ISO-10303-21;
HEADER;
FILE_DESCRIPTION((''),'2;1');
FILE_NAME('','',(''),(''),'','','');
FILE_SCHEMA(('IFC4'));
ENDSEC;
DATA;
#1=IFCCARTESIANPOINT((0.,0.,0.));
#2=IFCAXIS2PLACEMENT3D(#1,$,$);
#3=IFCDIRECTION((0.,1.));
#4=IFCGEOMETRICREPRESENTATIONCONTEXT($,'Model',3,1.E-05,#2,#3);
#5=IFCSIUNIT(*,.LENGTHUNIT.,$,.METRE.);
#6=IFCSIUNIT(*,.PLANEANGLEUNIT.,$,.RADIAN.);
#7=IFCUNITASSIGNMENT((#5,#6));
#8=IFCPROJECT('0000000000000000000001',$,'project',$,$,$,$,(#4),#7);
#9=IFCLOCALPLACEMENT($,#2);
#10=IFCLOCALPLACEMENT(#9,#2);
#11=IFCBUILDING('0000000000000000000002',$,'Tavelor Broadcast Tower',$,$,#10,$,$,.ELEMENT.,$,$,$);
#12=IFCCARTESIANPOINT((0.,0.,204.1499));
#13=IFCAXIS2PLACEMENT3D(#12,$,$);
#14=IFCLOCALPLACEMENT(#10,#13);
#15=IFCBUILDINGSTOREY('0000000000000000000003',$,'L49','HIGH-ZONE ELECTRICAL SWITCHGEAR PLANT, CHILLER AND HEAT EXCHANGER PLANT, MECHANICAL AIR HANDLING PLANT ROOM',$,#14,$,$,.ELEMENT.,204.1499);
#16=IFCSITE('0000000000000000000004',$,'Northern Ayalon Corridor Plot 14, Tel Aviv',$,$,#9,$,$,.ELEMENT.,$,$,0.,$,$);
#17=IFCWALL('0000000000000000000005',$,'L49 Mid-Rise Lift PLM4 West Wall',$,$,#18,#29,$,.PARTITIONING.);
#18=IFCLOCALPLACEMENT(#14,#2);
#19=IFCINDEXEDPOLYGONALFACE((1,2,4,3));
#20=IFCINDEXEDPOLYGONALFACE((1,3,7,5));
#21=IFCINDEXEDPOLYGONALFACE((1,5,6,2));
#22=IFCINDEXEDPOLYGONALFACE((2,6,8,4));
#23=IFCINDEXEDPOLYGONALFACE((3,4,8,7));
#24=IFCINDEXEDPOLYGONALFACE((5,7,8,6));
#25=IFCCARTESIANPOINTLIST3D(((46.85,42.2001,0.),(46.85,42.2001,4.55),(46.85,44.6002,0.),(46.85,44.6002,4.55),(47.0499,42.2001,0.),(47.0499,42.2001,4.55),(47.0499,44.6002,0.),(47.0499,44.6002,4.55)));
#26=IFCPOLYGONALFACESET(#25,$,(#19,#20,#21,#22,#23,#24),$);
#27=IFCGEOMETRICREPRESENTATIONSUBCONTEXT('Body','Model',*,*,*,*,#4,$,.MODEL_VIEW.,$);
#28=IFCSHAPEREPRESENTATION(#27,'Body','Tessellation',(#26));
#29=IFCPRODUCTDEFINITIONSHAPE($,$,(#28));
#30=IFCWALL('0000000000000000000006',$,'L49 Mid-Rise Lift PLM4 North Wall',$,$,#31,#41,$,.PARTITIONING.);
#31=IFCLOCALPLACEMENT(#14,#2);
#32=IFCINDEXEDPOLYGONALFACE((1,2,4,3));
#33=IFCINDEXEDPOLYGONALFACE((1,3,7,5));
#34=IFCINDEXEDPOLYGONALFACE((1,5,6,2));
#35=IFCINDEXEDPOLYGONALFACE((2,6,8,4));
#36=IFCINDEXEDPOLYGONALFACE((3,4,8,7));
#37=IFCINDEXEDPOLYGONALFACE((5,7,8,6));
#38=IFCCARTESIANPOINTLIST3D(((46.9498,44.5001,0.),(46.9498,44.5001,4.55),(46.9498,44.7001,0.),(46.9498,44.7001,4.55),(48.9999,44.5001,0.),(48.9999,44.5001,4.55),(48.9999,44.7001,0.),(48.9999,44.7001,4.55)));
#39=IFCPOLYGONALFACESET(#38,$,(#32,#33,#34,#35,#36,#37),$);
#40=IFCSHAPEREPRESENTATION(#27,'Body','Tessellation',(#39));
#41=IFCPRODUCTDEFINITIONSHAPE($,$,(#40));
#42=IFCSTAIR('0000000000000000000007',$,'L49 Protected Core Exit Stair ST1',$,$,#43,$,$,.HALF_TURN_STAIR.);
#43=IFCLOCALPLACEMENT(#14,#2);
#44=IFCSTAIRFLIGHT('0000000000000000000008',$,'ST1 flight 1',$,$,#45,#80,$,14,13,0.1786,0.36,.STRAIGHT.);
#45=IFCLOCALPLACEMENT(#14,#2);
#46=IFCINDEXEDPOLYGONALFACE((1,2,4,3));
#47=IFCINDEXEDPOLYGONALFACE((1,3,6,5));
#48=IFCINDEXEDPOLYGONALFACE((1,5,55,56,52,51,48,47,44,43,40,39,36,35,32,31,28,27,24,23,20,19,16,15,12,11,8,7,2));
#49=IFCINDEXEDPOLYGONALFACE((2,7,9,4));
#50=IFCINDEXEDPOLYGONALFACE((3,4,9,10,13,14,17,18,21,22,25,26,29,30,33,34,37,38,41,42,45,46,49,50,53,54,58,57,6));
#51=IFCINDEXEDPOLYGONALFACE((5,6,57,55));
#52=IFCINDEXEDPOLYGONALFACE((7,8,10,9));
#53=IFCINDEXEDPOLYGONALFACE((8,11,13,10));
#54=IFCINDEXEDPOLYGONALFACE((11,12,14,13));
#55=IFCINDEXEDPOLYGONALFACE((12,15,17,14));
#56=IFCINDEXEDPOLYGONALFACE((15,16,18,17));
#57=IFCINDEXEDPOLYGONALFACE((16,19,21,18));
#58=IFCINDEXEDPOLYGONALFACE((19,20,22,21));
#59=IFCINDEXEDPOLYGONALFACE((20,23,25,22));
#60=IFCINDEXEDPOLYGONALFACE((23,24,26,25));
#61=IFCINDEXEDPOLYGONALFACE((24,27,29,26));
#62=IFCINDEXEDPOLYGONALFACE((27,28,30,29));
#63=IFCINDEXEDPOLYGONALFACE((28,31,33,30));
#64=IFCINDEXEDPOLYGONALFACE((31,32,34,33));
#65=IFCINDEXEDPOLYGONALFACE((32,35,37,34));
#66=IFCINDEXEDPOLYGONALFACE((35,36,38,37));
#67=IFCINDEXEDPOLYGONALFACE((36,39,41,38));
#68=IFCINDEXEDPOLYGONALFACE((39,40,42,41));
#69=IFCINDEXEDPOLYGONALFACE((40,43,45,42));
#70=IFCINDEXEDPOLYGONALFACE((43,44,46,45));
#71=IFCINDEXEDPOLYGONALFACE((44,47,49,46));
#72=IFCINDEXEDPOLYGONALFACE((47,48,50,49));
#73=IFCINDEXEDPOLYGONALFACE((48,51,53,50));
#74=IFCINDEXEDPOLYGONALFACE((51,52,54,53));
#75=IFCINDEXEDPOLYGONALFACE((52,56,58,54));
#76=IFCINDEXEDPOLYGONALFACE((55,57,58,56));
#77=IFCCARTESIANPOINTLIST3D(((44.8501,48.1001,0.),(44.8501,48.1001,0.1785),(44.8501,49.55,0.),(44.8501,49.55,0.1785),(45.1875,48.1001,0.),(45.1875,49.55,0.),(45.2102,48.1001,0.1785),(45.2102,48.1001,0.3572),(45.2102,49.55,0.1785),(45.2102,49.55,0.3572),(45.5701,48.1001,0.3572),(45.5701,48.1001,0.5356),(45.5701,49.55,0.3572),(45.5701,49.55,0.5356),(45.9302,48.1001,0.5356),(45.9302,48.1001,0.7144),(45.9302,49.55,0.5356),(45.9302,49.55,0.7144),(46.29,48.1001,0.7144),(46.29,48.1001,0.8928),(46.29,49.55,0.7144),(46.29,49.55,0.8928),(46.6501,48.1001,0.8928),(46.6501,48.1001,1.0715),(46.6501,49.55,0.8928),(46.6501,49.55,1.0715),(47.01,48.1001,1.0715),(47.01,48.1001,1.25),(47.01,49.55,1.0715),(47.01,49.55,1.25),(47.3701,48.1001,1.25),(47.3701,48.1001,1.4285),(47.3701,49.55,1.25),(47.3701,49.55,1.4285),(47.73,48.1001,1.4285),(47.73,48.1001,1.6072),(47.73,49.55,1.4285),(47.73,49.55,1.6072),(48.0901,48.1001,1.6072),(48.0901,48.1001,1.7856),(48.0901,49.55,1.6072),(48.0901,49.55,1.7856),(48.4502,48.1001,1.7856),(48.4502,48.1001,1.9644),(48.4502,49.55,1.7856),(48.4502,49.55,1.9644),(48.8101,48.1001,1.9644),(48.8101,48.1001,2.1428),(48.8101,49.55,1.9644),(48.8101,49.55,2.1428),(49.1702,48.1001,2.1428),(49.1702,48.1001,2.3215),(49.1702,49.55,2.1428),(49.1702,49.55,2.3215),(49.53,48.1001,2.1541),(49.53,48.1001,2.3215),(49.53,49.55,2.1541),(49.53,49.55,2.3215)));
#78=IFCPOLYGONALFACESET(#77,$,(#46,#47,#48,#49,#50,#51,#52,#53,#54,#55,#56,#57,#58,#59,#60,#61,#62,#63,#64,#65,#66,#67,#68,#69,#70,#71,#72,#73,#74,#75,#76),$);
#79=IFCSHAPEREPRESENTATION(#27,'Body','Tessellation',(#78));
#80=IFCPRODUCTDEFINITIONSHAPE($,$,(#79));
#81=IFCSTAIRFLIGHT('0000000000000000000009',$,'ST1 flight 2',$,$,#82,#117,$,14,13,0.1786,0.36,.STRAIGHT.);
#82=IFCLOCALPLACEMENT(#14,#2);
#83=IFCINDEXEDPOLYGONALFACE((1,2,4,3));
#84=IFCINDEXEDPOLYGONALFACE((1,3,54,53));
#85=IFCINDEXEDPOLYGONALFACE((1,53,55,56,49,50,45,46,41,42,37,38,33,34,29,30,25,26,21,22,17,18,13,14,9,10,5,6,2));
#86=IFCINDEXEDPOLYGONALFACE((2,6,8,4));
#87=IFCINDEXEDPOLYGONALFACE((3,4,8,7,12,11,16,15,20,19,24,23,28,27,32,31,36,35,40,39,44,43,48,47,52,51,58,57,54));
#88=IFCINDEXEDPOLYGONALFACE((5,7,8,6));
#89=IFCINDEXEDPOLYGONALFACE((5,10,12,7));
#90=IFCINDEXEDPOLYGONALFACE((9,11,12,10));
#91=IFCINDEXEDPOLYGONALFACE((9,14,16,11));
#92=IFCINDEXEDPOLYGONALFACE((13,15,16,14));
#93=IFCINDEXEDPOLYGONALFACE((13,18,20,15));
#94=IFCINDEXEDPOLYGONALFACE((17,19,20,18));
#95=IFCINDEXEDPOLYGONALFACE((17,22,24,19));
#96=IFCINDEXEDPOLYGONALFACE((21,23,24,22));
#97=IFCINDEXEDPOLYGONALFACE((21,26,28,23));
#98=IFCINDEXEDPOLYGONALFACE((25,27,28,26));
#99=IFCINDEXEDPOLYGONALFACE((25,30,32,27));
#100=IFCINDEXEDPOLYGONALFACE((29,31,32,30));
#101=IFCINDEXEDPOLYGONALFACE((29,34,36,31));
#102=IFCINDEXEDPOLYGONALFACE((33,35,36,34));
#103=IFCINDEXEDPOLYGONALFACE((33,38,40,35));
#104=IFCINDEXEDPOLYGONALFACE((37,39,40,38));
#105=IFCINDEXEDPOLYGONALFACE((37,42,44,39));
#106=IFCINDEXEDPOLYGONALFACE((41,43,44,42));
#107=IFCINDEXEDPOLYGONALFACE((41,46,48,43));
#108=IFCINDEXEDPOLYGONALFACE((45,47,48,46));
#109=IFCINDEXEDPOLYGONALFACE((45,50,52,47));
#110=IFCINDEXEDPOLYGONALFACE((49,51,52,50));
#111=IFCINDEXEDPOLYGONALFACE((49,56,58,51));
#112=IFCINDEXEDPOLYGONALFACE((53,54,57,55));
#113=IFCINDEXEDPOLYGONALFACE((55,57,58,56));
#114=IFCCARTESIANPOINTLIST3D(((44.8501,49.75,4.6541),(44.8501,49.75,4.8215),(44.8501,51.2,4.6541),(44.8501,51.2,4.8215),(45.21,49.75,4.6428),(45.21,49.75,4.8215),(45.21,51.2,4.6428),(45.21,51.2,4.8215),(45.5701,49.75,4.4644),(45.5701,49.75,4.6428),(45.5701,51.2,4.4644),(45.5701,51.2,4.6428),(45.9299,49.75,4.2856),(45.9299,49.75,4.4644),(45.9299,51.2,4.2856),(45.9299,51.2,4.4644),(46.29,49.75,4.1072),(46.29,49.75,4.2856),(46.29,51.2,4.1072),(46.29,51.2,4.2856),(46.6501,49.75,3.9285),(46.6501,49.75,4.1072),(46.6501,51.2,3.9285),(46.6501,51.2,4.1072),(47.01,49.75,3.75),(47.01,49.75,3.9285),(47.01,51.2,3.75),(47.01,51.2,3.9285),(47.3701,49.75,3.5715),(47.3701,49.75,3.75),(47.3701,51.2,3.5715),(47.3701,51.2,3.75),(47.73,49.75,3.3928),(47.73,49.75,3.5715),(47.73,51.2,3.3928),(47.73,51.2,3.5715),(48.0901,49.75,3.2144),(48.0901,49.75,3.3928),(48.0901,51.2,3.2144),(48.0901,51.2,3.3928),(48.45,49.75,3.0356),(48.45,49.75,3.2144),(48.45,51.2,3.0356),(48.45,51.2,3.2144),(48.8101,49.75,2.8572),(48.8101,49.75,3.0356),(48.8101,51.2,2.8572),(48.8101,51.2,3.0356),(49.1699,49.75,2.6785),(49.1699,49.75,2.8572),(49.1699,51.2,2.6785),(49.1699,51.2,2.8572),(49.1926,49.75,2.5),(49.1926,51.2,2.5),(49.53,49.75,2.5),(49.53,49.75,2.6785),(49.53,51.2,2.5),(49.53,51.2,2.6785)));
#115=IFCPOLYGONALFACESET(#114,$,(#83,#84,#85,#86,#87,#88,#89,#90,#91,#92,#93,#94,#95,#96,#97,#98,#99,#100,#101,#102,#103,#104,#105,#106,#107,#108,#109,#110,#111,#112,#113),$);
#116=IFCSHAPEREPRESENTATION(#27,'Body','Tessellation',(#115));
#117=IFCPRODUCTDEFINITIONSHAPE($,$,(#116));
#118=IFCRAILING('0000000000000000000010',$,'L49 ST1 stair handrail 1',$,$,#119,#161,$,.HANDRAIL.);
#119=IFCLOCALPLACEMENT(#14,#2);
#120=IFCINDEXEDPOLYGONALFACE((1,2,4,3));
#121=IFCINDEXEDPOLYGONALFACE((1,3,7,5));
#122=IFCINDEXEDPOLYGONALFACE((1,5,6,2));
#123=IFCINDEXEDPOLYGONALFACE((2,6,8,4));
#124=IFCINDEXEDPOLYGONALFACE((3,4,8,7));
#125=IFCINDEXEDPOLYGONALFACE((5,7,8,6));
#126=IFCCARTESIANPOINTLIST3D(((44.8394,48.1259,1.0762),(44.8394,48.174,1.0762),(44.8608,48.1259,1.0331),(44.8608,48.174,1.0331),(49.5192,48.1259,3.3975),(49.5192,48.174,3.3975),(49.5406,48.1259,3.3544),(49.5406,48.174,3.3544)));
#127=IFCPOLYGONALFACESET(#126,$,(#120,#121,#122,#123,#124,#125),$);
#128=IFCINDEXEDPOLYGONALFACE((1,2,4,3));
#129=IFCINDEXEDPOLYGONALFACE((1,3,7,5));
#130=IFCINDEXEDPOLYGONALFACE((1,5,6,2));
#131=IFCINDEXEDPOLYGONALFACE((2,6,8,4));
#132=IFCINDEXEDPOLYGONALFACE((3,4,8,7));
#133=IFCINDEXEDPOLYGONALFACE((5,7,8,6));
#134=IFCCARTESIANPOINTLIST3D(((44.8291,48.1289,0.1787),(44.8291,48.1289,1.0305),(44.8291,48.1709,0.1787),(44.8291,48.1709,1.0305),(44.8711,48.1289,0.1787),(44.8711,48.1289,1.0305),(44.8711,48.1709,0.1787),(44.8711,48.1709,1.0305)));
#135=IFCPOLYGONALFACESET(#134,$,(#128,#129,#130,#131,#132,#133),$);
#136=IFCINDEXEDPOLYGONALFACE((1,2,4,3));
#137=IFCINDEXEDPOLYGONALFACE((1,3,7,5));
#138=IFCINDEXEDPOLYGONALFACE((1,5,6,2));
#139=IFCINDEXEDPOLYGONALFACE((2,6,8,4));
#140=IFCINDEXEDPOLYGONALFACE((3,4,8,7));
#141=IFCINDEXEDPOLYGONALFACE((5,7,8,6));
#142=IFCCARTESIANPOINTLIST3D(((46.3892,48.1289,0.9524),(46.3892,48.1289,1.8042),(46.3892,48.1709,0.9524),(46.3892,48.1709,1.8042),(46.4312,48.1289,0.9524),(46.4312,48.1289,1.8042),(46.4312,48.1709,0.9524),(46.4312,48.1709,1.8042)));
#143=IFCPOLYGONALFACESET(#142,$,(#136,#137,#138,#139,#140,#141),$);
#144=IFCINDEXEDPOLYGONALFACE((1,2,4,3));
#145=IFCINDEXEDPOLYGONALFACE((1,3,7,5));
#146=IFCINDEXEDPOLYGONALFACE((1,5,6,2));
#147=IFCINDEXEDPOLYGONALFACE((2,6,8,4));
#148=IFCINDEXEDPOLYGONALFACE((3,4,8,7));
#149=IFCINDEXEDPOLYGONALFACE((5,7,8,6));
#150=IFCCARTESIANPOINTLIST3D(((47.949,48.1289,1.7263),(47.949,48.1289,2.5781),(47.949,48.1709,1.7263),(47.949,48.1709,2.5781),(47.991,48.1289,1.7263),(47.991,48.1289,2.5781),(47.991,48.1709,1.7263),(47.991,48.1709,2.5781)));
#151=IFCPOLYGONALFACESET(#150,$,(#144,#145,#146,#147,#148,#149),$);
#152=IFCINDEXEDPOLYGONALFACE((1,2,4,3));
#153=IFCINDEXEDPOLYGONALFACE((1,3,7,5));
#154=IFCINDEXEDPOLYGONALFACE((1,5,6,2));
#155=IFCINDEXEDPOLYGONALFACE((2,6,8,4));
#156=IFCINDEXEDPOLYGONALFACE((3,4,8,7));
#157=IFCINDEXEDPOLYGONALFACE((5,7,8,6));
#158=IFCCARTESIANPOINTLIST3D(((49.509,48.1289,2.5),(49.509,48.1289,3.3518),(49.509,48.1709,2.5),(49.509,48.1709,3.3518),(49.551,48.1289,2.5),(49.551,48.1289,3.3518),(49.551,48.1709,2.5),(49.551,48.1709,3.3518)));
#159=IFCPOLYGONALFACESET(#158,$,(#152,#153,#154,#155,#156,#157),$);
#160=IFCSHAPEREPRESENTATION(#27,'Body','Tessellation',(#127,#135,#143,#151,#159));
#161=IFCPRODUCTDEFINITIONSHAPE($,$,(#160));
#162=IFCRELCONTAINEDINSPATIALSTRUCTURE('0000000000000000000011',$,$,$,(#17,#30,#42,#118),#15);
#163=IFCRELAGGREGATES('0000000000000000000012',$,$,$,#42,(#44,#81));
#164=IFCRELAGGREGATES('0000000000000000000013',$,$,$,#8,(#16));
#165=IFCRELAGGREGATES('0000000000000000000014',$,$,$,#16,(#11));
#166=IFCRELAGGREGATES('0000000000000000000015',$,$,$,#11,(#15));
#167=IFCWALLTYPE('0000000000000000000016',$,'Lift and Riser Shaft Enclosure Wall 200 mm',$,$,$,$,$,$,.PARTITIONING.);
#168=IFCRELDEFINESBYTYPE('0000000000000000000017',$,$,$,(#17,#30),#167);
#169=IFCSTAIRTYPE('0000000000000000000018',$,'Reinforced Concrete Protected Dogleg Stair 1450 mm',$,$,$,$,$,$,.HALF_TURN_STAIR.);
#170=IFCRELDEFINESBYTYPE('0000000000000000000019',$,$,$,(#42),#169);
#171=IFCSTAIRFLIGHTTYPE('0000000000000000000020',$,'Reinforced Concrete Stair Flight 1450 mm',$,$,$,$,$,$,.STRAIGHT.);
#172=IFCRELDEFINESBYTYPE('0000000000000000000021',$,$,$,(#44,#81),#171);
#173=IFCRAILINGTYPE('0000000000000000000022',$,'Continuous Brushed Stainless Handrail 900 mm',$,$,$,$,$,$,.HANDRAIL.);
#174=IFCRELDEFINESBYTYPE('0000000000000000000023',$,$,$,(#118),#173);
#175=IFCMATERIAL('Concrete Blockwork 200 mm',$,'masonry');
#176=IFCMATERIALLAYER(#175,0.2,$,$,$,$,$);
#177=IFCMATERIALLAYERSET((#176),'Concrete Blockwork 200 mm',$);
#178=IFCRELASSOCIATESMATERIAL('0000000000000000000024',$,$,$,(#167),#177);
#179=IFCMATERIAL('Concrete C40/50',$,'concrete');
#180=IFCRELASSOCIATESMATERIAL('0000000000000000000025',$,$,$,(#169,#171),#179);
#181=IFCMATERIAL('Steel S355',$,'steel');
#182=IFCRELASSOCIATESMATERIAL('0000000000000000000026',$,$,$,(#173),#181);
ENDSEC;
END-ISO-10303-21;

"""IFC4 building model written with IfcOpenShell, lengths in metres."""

from ifc_helpers import new_model, si_unit, direction, frame, frame_2d, origin, origin_2d, place, context, subcontext, project, spatial, polyline, rectangle, outline, extrude, material, layer, layer_set, type_object, element, aggregate, save


model = new_model("IFC4")

# Units and contexts
model_context = context("Model", 3, precision=1e-05, world=origin(), true_north=direction((0.0, 1.0)))
body_context = subcontext(model_context, "Body", "Model", "MODEL_VIEW")
ifc_project = project(units=[si_unit("LENGTHUNIT", "METRE"), si_unit("PLANEANGLEUNIT", "RADIAN")], contexts=[model_context])

# Site, building, storey
site_placement = place(None, origin())
site = spatial("IfcSite", under=ifc_project, at=site_placement, Name="Northern Ayalon Corridor Plot 14, Tel Aviv", CompositionType="ELEMENT", RefElevation=0.0)
building_placement = place(site_placement, origin())
building = spatial("IfcBuilding", under=site, at=building_placement, Name="Tavelor Broadcast Tower", CompositionType="ELEMENT")
storey_placement = place(building_placement, frame((0.0, 0.0, 204.1499)))
storey = spatial("IfcBuildingStorey", under=building, at=storey_placement, Name="L49", Description="HIGH-ZONE ELECTRICAL SWITCHGEAR PLANT, CHILLER AND HEAT EXCHANGER PLANT, MECHANICAL AIR HANDLING PLANT ROOM", CompositionType="ELEMENT", Elevation=204.1499)

# Shared definitions
ifc_material_1 = material(Name="Concrete C40/50", Category="concrete")
ifc_material_2 = material(Name="Steel S355", Category="steel")

# Shared definitions
ifc_material_3 = material(Name="Concrete Blockwork 200 mm", Category="masonry")

# Walls
ifc_layer_1 = layer(ifc_material_3, 0.2)
ifc_layer_set_1 = layer_set([ifc_layer_1], Name="Concrete Blockwork 200 mm")
wall_type_1 = type_object("IfcWallType", Name="Lift and Riser Shaft Enclosure Wall 200 mm", PredefinedType="PARTITIONING", material=ifc_layer_set_1)
wall_1_placement = place(storey_placement, frame((46.95, 42.2, 0.0), z_axis=(0.0, 0.0, 1.0), x_axis=(0.0, 1.0, 0.0)))
element("IfcWall", 1, at=wall_1_placement, inside=storey, type_object=wall_type_1, Name="L49 Mid-Rise Lift PLM4 West Wall", PredefinedType="PARTITIONING", context=body_context, shape_type="SweptSolid", body=[
    extrude(rectangle(XDim=2.4001, YDim=0.2, at=frame_2d((1.2002, 0.0))), origin(), (0.0, 0.0, 1.0), 4.55),
])
wall_2_placement = place(storey_placement, frame((46.95, 44.6001, 0.0), z_axis=(0.0, 0.0, 1.0), x_axis=(1.0, 0.0, 0.0)))
element("IfcWall", 2, at=wall_2_placement, inside=storey, type_object=wall_type_1, Name="L49 Mid-Rise Lift PLM4 North Wall", PredefinedType="PARTITIONING", context=body_context, shape_type="SweptSolid", body=[
    extrude(rectangle(XDim=2.05, YDim=0.2, at=frame_2d((1.0249, 0.0))), origin(), (0.0, 0.0, 1.0), 4.55),
])

# Stair, stair flights
stair_type = type_object("IfcStairType", Name="Reinforced Concrete Protected Dogleg Stair 1450 mm", PredefinedType="HALF_TURN_STAIR", material=ifc_material_1)
stair_placement = place(storey_placement, origin())
stair = element("IfcStair", 3, at=stair_placement, inside=storey, type_object=stair_type, Name="L49 Protected Core Exit Stair ST1", PredefinedType="HALF_TURN_STAIR")
stair_flight_type = type_object("IfcStairFlightType", Name="Reinforced Concrete Stair Flight 1450 mm", PredefinedType="STRAIGHT", material=ifc_material_1)
stair_flight_1_placement = place(storey_placement, frame((44.8501, 48.825, 0.0), z_axis=(0.0, 0.0, 1.0), x_axis=(1.0, 0.0, 0.0)))
stair_flight_1 = element("IfcStairFlight", 4, at=stair_flight_1_placement, type_object=stair_flight_type, Name="ST1 flight 1", NumberOfRisers=14, NumberOfTreads=13, PredefinedType="STRAIGHT", RiserHeight=0.1786, TreadLength=0.36, context=body_context, shape_type="SweptSolid", body=[
    extrude(outline(polyline([(0.0, 0.0), (0.0, 0.1785), (0.3601, 0.1785), (0.3601, 0.3572), (0.72, 0.3572), (0.72, 0.5356), (1.0801, 0.5356), (1.0801, 0.7144), (1.4399, 0.7144), (1.4399, 0.8928), (1.8, 0.8928), (1.8, 1.0715), (2.1599, 1.0715), (2.1599, 1.25), (2.52, 1.25), (2.52, 1.4285), (2.8799, 1.4285), (2.8799, 1.6072), (3.24, 1.6072), (3.24, 1.7856), (3.6001, 1.7856), (3.6001, 1.9644), (3.96, 1.9644), (3.96, 2.1428), (4.3201, 2.1428), (4.3201, 2.3215), (4.6799, 2.3215), (4.6799, 2.5), (4.6799, 2.1541), (0.3374, 0.0), (0.0, 0.0)])), frame((0.0, 0.7251, 0.0), z_axis=(0.0, -1.0, 0.0), x_axis=(1.0, 0.0, 0.0)), (0.0, 0.0, 1.0), 1.45),
])
stair_flight_2_placement = place(storey_placement, frame((49.53, 50.4751, 2.5), z_axis=(0.0, 0.0, 1.0), x_axis=(-1.0, 0.0, 0.0)))
stair_flight_2 = element("IfcStairFlight", 5, at=stair_flight_2_placement, type_object=stair_flight_type, Name="ST1 flight 2", NumberOfRisers=14, NumberOfTreads=13, PredefinedType="STRAIGHT", RiserHeight=0.1786, TreadLength=0.36, context=body_context, shape_type="SweptSolid", body=[
    extrude(outline(polyline([(0.0, 0.0), (0.0, 0.1785), (0.3601, 0.1785), (0.3601, 0.3572), (0.72, 0.3572), (0.72, 0.5356), (1.0801, 0.5356), (1.0801, 0.7144), (1.4399, 0.7144), (1.4399, 0.8928), (1.8, 0.8928), (1.8, 1.0715), (2.1599, 1.0715), (2.1599, 1.25), (2.52, 1.25), (2.52, 1.4285), (2.8799, 1.4285), (2.8799, 1.6072), (3.24, 1.6072), (3.24, 1.7856), (3.6001, 1.7856), (3.6001, 1.9644), (3.96, 1.9644), (3.96, 2.1428), (4.3201, 2.1428), (4.3201, 2.3215), (4.6799, 2.3215), (4.6799, 2.5), (4.6799, 2.1541), (0.3374, 0.0), (0.0, 0.0)])), frame((0.0, 0.7251, 0.0), z_axis=(0.0, -1.0, 0.0), x_axis=(1.0, 0.0, 0.0)), (0.0, 0.0, 1.0), 1.45),
])
aggregate(stair, [stair_flight_1, stair_flight_2])

# Railing
railing_type_1 = type_object("IfcRailingType", Name="Continuous Brushed Stainless Handrail 900 mm", PredefinedType="HANDRAIL", material=ifc_material_2)
railing_1_placement = place(storey_placement, frame((44.8501, 48.1499, 0.1787)))
element("IfcRailing", 6, at=railing_1_placement, inside=storey, type_object=railing_type_1, Name="L49 ST1 stair handrail 1", PredefinedType="HANDRAIL", context=body_context, shape_type="SweptSolid", body=[
    extrude(rectangle(XDim=0.0481, YDim=0.0481, at=origin_2d()), frame((0.0, 0.0, 0.876), z_axis=(0.895853, 0.0, 0.444351), x_axis=(0.0, 1.0, 0.0)), (0.0, 0.0, 1.0), 5.2239),
    extrude(rectangle(XDim=0.042, YDim=0.042, at=origin_2d()), origin(), (0.0, 0.0, 1.0), 0.8518),
    extrude(rectangle(XDim=0.042, YDim=0.042, at=origin_2d()), frame((1.5601, 0.0, 0.7737)), (0.0, 0.0, 1.0), 0.8518),
    extrude(rectangle(XDim=0.042, YDim=0.042, at=origin_2d()), frame((3.1199, 0.0, 1.5476)), (0.0, 0.0, 1.0), 0.8518),
    extrude(rectangle(XDim=0.042, YDim=0.042, at=origin_2d()), frame((4.6799, 0.0, 2.3213)), (0.0, 0.0, 1.0), 0.8518),
])

save(model, "model.ifc")
